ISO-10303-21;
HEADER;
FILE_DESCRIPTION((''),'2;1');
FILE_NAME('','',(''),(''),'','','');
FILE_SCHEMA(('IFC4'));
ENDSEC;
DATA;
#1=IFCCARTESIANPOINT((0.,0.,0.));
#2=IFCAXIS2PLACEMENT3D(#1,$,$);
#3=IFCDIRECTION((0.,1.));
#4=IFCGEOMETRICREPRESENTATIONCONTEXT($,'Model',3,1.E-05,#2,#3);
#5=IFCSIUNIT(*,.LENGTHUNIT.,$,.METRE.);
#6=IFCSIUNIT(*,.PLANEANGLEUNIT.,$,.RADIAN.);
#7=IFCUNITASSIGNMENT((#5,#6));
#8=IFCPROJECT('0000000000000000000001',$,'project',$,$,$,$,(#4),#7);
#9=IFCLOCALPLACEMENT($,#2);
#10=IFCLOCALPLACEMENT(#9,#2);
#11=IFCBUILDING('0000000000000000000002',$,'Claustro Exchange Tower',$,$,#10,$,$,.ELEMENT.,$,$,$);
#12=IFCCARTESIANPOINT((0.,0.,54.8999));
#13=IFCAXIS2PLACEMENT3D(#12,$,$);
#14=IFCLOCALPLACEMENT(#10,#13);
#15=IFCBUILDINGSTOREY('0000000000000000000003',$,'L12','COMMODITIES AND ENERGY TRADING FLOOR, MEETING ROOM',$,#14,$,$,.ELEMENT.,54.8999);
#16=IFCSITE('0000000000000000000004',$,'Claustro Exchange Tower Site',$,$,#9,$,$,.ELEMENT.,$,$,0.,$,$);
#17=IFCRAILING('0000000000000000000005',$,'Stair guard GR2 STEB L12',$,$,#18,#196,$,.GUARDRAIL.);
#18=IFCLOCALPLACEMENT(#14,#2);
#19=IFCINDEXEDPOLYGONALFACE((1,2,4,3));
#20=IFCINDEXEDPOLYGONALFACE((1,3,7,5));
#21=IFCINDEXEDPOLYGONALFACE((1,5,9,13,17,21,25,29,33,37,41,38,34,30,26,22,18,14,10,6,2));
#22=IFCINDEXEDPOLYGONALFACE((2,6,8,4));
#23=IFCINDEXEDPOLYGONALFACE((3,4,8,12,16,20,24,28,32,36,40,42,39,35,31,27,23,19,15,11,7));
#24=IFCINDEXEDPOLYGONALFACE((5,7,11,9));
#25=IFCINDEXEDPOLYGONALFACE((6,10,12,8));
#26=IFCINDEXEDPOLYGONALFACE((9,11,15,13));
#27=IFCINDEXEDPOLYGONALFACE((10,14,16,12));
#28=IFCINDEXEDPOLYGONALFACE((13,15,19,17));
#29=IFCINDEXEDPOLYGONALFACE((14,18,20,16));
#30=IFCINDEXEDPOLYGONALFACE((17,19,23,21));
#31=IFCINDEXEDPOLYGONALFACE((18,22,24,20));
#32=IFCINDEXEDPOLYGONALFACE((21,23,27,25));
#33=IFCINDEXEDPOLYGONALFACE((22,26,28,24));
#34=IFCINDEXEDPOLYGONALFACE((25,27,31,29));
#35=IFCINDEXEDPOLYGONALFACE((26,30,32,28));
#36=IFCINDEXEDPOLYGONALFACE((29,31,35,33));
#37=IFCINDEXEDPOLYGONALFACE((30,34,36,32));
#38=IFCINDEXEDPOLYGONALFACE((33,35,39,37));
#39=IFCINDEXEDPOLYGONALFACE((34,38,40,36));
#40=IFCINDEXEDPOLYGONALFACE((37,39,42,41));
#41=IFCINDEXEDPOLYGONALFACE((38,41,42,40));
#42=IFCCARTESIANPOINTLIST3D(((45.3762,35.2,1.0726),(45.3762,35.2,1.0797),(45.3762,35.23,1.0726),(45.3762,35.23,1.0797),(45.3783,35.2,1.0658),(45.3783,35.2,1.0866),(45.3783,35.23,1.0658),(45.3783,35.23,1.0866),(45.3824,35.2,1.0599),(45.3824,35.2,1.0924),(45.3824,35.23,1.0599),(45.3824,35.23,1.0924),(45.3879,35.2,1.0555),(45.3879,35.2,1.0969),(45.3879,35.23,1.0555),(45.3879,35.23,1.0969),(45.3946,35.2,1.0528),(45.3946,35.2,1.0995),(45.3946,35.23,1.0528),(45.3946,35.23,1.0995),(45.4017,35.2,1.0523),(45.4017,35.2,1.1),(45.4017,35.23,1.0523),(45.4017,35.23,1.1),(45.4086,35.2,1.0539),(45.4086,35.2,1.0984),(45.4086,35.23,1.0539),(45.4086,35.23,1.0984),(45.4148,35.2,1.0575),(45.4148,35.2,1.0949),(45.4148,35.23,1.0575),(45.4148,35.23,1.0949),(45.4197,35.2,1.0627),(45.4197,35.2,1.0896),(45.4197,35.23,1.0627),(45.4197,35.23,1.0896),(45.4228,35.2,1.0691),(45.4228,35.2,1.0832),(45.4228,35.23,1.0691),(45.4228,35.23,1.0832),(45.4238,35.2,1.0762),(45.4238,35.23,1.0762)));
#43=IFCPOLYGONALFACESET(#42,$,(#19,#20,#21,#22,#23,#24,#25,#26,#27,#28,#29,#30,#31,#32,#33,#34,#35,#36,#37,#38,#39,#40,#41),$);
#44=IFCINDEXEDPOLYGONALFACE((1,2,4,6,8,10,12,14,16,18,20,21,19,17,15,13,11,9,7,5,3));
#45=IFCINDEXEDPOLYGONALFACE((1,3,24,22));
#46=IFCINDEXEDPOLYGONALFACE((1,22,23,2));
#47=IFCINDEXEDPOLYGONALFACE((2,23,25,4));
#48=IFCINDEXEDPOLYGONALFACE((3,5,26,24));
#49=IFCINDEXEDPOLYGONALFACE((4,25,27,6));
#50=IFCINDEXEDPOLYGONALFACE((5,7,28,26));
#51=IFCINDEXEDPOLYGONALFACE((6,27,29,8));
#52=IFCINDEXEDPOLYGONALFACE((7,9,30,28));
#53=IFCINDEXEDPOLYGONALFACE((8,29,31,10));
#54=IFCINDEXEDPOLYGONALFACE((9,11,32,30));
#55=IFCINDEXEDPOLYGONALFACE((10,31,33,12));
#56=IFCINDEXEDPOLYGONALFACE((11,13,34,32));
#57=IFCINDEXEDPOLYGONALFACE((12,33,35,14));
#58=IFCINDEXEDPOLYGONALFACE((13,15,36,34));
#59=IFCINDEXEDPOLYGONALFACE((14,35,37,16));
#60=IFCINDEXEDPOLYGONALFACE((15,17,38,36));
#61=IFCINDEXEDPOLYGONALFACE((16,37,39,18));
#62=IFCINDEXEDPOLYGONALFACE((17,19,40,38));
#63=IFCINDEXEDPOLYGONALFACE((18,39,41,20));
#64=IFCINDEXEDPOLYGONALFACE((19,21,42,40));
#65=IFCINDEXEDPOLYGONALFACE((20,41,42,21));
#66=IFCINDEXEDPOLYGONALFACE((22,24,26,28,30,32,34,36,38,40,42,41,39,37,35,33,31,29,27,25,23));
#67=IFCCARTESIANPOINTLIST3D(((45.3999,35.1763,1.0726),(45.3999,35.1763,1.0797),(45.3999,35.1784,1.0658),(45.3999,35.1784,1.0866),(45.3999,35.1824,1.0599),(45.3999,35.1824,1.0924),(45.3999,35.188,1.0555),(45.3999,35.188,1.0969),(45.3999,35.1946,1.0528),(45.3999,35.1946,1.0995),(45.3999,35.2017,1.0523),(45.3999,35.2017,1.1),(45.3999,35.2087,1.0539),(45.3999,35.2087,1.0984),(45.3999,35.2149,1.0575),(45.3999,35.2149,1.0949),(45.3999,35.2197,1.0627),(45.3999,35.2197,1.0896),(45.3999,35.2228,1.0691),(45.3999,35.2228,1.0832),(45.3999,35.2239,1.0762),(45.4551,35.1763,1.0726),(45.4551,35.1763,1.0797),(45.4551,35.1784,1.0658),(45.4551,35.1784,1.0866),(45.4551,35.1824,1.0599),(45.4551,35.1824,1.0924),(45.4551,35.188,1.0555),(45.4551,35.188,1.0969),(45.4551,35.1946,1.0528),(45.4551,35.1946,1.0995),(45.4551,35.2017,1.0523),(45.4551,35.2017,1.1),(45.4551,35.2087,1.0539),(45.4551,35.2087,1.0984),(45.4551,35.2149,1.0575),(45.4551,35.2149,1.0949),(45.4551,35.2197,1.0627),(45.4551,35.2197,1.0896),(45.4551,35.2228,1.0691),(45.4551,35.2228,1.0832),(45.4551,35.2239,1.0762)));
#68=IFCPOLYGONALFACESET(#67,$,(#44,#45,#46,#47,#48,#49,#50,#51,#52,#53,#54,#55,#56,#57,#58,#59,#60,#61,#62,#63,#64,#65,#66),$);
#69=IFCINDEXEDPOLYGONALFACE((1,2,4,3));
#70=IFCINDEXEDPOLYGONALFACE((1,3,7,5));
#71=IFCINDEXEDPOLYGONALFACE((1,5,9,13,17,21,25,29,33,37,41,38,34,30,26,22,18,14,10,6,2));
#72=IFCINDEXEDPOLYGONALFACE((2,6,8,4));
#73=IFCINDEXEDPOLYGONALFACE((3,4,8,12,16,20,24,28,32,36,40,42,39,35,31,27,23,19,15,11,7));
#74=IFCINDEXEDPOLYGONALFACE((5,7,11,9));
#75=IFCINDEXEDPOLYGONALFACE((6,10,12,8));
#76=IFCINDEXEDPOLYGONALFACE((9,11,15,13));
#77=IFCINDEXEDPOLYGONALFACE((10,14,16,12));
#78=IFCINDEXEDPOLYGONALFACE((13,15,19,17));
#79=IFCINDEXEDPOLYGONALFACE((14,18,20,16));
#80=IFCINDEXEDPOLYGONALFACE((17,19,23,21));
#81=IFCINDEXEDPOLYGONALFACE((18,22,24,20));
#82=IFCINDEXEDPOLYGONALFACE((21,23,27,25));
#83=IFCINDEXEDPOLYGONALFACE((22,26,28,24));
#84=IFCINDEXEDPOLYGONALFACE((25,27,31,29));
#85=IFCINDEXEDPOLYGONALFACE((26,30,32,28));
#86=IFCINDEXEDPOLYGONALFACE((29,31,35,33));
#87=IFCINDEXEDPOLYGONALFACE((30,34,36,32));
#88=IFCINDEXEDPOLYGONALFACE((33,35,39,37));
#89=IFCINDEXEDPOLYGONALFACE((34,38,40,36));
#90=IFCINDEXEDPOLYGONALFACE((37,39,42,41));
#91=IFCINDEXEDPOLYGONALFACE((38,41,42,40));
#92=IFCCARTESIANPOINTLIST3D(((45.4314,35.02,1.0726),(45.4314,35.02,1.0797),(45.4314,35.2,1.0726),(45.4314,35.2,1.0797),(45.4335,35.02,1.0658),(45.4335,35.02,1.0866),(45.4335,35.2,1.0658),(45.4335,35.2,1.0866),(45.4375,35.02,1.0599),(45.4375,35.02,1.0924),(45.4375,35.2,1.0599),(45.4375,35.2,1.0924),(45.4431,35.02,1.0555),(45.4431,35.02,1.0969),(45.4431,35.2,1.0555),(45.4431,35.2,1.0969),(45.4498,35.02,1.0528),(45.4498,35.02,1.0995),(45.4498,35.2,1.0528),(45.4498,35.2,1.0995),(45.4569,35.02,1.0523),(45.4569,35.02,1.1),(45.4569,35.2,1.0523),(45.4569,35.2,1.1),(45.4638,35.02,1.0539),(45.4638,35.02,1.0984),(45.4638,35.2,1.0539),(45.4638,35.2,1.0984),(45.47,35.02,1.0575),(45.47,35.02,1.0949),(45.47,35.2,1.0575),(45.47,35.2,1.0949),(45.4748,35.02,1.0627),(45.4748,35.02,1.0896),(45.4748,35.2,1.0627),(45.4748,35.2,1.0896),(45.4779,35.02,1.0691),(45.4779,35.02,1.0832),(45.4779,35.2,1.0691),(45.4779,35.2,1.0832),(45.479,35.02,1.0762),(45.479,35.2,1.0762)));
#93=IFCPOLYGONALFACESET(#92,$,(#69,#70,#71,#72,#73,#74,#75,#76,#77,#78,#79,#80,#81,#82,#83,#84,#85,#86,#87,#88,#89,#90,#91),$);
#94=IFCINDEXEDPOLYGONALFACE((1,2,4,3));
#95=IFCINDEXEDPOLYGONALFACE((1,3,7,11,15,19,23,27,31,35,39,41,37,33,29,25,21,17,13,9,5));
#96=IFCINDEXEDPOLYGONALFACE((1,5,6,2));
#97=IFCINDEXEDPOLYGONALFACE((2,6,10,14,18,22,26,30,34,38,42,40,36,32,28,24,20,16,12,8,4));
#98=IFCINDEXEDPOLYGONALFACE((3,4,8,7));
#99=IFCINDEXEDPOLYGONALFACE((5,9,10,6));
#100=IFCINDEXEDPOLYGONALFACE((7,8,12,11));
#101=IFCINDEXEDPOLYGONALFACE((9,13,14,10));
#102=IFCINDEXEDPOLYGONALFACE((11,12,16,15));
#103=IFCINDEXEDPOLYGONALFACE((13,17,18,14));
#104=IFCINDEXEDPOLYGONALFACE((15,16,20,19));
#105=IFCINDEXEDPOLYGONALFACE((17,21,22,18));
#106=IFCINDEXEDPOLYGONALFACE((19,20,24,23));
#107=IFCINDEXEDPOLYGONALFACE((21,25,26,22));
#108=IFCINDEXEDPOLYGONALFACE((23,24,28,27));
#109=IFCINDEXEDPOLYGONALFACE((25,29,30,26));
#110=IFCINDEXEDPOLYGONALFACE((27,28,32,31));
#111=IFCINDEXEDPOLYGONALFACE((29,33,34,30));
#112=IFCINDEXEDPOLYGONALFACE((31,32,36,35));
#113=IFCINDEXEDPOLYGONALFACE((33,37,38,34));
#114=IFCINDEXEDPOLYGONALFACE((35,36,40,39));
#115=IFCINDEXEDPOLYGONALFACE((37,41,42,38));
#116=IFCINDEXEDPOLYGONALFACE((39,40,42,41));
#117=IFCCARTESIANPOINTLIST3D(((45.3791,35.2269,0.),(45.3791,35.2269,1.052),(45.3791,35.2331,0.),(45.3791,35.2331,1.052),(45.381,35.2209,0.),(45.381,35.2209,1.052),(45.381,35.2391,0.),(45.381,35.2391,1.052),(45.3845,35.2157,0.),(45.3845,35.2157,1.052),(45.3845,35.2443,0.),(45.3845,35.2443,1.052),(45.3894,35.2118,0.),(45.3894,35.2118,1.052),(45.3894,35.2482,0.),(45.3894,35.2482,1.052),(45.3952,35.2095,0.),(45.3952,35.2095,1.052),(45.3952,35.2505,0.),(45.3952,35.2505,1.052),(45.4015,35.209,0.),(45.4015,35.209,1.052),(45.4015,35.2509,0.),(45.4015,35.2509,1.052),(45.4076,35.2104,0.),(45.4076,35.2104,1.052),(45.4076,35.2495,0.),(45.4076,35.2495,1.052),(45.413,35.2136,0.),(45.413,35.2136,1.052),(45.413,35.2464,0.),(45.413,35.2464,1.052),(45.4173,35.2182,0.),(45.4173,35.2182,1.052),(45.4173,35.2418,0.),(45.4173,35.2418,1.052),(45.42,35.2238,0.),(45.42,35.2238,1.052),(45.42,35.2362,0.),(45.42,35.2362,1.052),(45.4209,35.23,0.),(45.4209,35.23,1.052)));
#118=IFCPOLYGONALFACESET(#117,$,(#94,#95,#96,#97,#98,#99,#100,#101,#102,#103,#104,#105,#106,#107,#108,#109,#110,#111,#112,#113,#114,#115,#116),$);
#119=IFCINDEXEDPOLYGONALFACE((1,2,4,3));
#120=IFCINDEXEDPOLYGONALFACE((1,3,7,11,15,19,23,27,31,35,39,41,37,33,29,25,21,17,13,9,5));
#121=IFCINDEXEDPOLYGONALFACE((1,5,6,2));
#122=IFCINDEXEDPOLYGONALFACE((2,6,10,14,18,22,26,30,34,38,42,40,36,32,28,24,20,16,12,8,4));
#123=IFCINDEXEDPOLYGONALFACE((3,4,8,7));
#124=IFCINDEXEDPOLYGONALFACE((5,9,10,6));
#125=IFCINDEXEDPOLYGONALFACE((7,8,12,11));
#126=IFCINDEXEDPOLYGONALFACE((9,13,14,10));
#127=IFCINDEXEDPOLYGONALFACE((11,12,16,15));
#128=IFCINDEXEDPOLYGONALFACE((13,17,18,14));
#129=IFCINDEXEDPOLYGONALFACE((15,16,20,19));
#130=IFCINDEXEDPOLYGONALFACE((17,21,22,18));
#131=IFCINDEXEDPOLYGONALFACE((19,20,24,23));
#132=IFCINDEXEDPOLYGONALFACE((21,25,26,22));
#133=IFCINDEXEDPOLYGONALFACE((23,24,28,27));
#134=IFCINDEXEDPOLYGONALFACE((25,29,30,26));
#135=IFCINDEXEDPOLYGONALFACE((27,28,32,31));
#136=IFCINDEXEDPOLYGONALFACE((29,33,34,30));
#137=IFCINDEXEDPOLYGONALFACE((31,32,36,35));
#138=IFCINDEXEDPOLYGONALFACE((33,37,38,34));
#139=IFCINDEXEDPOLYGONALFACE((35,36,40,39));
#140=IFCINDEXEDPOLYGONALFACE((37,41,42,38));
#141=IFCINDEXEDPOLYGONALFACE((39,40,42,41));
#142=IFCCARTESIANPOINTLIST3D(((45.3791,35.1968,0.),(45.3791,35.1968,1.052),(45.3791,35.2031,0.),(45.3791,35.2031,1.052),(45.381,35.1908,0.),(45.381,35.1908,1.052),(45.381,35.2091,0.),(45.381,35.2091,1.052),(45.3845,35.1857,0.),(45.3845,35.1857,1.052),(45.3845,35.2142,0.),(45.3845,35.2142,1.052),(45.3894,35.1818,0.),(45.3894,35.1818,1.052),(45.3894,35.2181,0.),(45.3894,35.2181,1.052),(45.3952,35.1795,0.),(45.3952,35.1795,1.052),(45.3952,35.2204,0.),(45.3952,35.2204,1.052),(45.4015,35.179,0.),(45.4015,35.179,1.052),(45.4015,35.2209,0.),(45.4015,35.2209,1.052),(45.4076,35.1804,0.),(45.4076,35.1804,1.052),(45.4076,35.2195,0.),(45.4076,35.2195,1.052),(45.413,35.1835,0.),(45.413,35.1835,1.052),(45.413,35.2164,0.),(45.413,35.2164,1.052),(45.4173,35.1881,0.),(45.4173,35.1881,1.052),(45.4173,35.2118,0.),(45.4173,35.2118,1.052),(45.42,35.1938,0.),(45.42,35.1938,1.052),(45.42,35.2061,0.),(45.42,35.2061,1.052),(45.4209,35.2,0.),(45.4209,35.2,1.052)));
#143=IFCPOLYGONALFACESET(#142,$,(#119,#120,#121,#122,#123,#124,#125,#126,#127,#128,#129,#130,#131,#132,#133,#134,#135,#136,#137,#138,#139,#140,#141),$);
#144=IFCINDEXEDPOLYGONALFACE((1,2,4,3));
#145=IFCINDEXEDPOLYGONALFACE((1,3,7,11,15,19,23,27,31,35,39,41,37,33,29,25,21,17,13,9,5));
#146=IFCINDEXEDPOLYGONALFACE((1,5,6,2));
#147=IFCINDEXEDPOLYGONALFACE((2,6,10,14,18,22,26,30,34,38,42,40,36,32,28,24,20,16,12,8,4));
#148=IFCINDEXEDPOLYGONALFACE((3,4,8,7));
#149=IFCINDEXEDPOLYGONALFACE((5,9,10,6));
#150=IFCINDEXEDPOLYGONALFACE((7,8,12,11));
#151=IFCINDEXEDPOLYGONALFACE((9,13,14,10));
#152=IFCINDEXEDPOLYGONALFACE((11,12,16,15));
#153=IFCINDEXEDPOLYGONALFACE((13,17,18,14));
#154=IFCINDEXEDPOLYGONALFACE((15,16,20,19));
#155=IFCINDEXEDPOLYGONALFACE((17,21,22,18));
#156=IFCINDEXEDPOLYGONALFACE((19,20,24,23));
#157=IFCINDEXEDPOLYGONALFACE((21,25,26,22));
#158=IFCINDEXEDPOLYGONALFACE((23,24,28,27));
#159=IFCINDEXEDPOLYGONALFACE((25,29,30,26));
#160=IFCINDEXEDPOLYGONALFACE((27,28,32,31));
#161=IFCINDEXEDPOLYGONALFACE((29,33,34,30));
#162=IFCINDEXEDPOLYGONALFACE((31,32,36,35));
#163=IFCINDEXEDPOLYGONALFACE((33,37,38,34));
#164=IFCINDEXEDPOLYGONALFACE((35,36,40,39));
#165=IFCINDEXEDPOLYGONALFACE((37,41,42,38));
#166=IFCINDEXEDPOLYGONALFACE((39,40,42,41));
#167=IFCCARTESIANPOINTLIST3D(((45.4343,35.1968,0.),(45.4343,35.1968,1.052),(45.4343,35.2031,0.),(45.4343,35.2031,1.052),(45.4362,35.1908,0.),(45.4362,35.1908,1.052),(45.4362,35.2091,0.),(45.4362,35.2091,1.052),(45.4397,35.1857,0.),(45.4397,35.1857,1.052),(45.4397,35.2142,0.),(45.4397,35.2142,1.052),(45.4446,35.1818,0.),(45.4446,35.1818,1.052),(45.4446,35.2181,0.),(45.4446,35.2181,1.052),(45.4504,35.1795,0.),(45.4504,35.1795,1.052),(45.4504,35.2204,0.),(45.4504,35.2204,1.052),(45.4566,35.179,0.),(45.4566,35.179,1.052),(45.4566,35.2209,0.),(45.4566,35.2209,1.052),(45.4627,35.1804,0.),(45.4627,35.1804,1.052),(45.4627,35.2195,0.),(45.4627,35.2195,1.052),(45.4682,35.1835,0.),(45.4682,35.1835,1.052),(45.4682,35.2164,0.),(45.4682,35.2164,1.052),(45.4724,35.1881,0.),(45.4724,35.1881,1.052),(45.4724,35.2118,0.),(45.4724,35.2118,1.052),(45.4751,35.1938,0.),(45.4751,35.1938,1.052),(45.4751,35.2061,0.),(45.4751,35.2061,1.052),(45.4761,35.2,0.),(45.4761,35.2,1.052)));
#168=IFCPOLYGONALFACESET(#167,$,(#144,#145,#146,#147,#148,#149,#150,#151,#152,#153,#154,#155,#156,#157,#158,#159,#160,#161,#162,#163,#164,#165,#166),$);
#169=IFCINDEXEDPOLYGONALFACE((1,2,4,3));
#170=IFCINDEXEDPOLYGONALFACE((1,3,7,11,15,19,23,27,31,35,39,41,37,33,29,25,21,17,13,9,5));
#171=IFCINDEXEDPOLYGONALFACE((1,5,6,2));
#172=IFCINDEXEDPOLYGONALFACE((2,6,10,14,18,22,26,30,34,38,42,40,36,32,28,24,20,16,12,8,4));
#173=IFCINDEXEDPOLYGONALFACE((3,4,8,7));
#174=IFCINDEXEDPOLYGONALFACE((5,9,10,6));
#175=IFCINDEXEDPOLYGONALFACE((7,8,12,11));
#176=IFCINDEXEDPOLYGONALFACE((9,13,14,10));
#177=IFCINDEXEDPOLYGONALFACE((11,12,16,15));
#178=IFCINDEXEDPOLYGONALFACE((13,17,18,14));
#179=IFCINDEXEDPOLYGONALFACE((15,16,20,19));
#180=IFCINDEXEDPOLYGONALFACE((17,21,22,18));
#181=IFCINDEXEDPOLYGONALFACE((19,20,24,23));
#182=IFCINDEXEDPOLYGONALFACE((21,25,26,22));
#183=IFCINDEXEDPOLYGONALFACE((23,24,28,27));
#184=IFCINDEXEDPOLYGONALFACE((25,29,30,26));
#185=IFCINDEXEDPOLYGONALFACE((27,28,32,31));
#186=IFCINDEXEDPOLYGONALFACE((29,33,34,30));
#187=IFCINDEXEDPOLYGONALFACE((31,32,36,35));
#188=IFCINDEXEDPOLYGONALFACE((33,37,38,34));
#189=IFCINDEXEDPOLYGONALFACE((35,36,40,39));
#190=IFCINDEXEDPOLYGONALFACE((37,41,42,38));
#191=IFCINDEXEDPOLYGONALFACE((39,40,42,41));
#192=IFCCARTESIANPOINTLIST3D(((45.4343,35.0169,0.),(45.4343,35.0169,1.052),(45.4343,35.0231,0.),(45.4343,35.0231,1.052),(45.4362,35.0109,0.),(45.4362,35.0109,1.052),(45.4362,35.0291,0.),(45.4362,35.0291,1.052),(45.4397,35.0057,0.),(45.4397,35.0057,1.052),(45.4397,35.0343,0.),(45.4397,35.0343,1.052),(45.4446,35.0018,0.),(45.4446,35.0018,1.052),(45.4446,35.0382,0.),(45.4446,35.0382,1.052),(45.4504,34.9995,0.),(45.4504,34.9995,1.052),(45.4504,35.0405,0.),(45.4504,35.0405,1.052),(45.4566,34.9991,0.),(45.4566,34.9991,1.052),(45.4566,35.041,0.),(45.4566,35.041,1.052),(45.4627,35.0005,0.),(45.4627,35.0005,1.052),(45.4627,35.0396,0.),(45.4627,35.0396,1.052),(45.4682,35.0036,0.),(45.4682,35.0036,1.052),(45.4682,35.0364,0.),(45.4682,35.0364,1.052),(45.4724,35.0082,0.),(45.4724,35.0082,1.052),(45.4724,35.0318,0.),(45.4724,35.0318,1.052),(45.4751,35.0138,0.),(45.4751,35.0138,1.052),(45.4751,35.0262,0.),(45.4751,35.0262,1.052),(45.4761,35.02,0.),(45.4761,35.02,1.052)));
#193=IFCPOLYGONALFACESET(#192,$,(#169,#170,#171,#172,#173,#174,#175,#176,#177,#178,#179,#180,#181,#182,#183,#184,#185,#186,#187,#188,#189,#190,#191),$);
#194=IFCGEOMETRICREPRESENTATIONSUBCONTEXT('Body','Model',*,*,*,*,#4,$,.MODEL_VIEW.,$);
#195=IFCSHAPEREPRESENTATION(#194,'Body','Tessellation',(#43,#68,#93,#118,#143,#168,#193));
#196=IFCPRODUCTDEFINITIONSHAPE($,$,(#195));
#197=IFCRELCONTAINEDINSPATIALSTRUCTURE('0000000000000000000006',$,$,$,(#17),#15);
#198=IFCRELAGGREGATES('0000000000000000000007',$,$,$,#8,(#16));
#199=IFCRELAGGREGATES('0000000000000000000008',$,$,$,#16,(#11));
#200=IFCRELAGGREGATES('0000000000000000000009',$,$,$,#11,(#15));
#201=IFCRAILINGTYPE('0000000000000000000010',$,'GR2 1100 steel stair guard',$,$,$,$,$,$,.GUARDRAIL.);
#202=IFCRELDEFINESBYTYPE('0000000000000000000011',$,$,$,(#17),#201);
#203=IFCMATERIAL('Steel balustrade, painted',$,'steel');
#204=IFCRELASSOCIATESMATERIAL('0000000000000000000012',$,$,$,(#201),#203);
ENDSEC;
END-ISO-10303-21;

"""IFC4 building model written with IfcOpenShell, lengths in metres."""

from ifc_helpers import new_model, si_unit, direction, frame, origin, origin_2d, place, context, subcontext, project, spatial, circle, extrude, material, type_object, element, save


model = new_model("IFC4")

# Units and contexts
model_context = context("Model", 3, precision=1e-05, world=origin(), true_north=direction((0.0, 1.0)))
body_context = subcontext(model_context, "Body", "Model", "MODEL_VIEW")
ifc_project = project(units=[si_unit("LENGTHUNIT", "METRE"), si_unit("PLANEANGLEUNIT", "RADIAN")], contexts=[model_context])

# Site, building, storey
site_placement = place(None, origin())
site = spatial("IfcSite", under=ifc_project, at=site_placement, Name="Claustro Exchange Tower Site", CompositionType="ELEMENT", RefElevation=0.0)
building_placement = place(site_placement, origin())
building = spatial("IfcBuilding", under=site, at=building_placement, Name="Claustro Exchange Tower", CompositionType="ELEMENT")
storey_placement = place(building_placement, frame((0.0, 0.0, 54.8999)))
storey = spatial("IfcBuildingStorey", under=building, at=storey_placement, Name="L12", Description="COMMODITIES AND ENERGY TRADING FLOOR, MEETING ROOM", CompositionType="ELEMENT", Elevation=54.8999)

# Railing
ifc_material_1 = material(Name="Steel balustrade, painted", Category="steel")
railing_type_1 = type_object("IfcRailingType", Name="GR2 1100 steel stair guard", PredefinedType="GUARDRAIL", material=ifc_material_1)
railing_1_placement = place(storey_placement, frame((45.3999, 35.23, 0.0)))
element("IfcRailing", 1, at=railing_1_placement, inside=storey, type_object=railing_type_1, Name="Stair guard GR2 STEB L12", PredefinedType="GUARDRAIL", context=body_context, shape_type="SweptSolid", body=[
    extrude(circle(Radius=0.0239, at=origin_2d()), frame((0.0, 0.0, 1.0762), z_axis=(0.0, -1.0, 0.0), x_axis=(1.0, 0.0, 0.0)), (0.0, 0.0, 1.0), 0.03),
    extrude(circle(Radius=0.0239, at=origin_2d()), frame((0.0, -0.03, 1.0762), z_axis=(1.0, 0.0, 0.0), x_axis=(0.0, 1.0, 0.0)), (0.0, 0.0, 1.0), 0.0552),
    extrude(circle(Radius=0.0239, at=origin_2d()), frame((0.0552, -0.03, 1.0762), z_axis=(0.0, -1.0, 0.0), x_axis=(1.0, 0.0, 0.0)), (0.0, 0.0, 1.0), 0.1799),
    extrude(circle(Radius=0.021, at=origin_2d()), origin(), (0.0, 0.0, 1.0), 1.052),
    extrude(circle(Radius=0.021, at=origin_2d()), frame((0.0, -0.03, 0.0)), (0.0, 0.0, 1.0), 1.052),
    extrude(circle(Radius=0.021, at=origin_2d()), frame((0.0552, -0.03, 0.0)), (0.0, 0.0, 1.0), 1.052),
    extrude(circle(Radius=0.021, at=origin_2d()), frame((0.0552, -0.21, 0.0)), (0.0, 0.0, 1.0), 1.052),
])

save(model, "model.ifc")
